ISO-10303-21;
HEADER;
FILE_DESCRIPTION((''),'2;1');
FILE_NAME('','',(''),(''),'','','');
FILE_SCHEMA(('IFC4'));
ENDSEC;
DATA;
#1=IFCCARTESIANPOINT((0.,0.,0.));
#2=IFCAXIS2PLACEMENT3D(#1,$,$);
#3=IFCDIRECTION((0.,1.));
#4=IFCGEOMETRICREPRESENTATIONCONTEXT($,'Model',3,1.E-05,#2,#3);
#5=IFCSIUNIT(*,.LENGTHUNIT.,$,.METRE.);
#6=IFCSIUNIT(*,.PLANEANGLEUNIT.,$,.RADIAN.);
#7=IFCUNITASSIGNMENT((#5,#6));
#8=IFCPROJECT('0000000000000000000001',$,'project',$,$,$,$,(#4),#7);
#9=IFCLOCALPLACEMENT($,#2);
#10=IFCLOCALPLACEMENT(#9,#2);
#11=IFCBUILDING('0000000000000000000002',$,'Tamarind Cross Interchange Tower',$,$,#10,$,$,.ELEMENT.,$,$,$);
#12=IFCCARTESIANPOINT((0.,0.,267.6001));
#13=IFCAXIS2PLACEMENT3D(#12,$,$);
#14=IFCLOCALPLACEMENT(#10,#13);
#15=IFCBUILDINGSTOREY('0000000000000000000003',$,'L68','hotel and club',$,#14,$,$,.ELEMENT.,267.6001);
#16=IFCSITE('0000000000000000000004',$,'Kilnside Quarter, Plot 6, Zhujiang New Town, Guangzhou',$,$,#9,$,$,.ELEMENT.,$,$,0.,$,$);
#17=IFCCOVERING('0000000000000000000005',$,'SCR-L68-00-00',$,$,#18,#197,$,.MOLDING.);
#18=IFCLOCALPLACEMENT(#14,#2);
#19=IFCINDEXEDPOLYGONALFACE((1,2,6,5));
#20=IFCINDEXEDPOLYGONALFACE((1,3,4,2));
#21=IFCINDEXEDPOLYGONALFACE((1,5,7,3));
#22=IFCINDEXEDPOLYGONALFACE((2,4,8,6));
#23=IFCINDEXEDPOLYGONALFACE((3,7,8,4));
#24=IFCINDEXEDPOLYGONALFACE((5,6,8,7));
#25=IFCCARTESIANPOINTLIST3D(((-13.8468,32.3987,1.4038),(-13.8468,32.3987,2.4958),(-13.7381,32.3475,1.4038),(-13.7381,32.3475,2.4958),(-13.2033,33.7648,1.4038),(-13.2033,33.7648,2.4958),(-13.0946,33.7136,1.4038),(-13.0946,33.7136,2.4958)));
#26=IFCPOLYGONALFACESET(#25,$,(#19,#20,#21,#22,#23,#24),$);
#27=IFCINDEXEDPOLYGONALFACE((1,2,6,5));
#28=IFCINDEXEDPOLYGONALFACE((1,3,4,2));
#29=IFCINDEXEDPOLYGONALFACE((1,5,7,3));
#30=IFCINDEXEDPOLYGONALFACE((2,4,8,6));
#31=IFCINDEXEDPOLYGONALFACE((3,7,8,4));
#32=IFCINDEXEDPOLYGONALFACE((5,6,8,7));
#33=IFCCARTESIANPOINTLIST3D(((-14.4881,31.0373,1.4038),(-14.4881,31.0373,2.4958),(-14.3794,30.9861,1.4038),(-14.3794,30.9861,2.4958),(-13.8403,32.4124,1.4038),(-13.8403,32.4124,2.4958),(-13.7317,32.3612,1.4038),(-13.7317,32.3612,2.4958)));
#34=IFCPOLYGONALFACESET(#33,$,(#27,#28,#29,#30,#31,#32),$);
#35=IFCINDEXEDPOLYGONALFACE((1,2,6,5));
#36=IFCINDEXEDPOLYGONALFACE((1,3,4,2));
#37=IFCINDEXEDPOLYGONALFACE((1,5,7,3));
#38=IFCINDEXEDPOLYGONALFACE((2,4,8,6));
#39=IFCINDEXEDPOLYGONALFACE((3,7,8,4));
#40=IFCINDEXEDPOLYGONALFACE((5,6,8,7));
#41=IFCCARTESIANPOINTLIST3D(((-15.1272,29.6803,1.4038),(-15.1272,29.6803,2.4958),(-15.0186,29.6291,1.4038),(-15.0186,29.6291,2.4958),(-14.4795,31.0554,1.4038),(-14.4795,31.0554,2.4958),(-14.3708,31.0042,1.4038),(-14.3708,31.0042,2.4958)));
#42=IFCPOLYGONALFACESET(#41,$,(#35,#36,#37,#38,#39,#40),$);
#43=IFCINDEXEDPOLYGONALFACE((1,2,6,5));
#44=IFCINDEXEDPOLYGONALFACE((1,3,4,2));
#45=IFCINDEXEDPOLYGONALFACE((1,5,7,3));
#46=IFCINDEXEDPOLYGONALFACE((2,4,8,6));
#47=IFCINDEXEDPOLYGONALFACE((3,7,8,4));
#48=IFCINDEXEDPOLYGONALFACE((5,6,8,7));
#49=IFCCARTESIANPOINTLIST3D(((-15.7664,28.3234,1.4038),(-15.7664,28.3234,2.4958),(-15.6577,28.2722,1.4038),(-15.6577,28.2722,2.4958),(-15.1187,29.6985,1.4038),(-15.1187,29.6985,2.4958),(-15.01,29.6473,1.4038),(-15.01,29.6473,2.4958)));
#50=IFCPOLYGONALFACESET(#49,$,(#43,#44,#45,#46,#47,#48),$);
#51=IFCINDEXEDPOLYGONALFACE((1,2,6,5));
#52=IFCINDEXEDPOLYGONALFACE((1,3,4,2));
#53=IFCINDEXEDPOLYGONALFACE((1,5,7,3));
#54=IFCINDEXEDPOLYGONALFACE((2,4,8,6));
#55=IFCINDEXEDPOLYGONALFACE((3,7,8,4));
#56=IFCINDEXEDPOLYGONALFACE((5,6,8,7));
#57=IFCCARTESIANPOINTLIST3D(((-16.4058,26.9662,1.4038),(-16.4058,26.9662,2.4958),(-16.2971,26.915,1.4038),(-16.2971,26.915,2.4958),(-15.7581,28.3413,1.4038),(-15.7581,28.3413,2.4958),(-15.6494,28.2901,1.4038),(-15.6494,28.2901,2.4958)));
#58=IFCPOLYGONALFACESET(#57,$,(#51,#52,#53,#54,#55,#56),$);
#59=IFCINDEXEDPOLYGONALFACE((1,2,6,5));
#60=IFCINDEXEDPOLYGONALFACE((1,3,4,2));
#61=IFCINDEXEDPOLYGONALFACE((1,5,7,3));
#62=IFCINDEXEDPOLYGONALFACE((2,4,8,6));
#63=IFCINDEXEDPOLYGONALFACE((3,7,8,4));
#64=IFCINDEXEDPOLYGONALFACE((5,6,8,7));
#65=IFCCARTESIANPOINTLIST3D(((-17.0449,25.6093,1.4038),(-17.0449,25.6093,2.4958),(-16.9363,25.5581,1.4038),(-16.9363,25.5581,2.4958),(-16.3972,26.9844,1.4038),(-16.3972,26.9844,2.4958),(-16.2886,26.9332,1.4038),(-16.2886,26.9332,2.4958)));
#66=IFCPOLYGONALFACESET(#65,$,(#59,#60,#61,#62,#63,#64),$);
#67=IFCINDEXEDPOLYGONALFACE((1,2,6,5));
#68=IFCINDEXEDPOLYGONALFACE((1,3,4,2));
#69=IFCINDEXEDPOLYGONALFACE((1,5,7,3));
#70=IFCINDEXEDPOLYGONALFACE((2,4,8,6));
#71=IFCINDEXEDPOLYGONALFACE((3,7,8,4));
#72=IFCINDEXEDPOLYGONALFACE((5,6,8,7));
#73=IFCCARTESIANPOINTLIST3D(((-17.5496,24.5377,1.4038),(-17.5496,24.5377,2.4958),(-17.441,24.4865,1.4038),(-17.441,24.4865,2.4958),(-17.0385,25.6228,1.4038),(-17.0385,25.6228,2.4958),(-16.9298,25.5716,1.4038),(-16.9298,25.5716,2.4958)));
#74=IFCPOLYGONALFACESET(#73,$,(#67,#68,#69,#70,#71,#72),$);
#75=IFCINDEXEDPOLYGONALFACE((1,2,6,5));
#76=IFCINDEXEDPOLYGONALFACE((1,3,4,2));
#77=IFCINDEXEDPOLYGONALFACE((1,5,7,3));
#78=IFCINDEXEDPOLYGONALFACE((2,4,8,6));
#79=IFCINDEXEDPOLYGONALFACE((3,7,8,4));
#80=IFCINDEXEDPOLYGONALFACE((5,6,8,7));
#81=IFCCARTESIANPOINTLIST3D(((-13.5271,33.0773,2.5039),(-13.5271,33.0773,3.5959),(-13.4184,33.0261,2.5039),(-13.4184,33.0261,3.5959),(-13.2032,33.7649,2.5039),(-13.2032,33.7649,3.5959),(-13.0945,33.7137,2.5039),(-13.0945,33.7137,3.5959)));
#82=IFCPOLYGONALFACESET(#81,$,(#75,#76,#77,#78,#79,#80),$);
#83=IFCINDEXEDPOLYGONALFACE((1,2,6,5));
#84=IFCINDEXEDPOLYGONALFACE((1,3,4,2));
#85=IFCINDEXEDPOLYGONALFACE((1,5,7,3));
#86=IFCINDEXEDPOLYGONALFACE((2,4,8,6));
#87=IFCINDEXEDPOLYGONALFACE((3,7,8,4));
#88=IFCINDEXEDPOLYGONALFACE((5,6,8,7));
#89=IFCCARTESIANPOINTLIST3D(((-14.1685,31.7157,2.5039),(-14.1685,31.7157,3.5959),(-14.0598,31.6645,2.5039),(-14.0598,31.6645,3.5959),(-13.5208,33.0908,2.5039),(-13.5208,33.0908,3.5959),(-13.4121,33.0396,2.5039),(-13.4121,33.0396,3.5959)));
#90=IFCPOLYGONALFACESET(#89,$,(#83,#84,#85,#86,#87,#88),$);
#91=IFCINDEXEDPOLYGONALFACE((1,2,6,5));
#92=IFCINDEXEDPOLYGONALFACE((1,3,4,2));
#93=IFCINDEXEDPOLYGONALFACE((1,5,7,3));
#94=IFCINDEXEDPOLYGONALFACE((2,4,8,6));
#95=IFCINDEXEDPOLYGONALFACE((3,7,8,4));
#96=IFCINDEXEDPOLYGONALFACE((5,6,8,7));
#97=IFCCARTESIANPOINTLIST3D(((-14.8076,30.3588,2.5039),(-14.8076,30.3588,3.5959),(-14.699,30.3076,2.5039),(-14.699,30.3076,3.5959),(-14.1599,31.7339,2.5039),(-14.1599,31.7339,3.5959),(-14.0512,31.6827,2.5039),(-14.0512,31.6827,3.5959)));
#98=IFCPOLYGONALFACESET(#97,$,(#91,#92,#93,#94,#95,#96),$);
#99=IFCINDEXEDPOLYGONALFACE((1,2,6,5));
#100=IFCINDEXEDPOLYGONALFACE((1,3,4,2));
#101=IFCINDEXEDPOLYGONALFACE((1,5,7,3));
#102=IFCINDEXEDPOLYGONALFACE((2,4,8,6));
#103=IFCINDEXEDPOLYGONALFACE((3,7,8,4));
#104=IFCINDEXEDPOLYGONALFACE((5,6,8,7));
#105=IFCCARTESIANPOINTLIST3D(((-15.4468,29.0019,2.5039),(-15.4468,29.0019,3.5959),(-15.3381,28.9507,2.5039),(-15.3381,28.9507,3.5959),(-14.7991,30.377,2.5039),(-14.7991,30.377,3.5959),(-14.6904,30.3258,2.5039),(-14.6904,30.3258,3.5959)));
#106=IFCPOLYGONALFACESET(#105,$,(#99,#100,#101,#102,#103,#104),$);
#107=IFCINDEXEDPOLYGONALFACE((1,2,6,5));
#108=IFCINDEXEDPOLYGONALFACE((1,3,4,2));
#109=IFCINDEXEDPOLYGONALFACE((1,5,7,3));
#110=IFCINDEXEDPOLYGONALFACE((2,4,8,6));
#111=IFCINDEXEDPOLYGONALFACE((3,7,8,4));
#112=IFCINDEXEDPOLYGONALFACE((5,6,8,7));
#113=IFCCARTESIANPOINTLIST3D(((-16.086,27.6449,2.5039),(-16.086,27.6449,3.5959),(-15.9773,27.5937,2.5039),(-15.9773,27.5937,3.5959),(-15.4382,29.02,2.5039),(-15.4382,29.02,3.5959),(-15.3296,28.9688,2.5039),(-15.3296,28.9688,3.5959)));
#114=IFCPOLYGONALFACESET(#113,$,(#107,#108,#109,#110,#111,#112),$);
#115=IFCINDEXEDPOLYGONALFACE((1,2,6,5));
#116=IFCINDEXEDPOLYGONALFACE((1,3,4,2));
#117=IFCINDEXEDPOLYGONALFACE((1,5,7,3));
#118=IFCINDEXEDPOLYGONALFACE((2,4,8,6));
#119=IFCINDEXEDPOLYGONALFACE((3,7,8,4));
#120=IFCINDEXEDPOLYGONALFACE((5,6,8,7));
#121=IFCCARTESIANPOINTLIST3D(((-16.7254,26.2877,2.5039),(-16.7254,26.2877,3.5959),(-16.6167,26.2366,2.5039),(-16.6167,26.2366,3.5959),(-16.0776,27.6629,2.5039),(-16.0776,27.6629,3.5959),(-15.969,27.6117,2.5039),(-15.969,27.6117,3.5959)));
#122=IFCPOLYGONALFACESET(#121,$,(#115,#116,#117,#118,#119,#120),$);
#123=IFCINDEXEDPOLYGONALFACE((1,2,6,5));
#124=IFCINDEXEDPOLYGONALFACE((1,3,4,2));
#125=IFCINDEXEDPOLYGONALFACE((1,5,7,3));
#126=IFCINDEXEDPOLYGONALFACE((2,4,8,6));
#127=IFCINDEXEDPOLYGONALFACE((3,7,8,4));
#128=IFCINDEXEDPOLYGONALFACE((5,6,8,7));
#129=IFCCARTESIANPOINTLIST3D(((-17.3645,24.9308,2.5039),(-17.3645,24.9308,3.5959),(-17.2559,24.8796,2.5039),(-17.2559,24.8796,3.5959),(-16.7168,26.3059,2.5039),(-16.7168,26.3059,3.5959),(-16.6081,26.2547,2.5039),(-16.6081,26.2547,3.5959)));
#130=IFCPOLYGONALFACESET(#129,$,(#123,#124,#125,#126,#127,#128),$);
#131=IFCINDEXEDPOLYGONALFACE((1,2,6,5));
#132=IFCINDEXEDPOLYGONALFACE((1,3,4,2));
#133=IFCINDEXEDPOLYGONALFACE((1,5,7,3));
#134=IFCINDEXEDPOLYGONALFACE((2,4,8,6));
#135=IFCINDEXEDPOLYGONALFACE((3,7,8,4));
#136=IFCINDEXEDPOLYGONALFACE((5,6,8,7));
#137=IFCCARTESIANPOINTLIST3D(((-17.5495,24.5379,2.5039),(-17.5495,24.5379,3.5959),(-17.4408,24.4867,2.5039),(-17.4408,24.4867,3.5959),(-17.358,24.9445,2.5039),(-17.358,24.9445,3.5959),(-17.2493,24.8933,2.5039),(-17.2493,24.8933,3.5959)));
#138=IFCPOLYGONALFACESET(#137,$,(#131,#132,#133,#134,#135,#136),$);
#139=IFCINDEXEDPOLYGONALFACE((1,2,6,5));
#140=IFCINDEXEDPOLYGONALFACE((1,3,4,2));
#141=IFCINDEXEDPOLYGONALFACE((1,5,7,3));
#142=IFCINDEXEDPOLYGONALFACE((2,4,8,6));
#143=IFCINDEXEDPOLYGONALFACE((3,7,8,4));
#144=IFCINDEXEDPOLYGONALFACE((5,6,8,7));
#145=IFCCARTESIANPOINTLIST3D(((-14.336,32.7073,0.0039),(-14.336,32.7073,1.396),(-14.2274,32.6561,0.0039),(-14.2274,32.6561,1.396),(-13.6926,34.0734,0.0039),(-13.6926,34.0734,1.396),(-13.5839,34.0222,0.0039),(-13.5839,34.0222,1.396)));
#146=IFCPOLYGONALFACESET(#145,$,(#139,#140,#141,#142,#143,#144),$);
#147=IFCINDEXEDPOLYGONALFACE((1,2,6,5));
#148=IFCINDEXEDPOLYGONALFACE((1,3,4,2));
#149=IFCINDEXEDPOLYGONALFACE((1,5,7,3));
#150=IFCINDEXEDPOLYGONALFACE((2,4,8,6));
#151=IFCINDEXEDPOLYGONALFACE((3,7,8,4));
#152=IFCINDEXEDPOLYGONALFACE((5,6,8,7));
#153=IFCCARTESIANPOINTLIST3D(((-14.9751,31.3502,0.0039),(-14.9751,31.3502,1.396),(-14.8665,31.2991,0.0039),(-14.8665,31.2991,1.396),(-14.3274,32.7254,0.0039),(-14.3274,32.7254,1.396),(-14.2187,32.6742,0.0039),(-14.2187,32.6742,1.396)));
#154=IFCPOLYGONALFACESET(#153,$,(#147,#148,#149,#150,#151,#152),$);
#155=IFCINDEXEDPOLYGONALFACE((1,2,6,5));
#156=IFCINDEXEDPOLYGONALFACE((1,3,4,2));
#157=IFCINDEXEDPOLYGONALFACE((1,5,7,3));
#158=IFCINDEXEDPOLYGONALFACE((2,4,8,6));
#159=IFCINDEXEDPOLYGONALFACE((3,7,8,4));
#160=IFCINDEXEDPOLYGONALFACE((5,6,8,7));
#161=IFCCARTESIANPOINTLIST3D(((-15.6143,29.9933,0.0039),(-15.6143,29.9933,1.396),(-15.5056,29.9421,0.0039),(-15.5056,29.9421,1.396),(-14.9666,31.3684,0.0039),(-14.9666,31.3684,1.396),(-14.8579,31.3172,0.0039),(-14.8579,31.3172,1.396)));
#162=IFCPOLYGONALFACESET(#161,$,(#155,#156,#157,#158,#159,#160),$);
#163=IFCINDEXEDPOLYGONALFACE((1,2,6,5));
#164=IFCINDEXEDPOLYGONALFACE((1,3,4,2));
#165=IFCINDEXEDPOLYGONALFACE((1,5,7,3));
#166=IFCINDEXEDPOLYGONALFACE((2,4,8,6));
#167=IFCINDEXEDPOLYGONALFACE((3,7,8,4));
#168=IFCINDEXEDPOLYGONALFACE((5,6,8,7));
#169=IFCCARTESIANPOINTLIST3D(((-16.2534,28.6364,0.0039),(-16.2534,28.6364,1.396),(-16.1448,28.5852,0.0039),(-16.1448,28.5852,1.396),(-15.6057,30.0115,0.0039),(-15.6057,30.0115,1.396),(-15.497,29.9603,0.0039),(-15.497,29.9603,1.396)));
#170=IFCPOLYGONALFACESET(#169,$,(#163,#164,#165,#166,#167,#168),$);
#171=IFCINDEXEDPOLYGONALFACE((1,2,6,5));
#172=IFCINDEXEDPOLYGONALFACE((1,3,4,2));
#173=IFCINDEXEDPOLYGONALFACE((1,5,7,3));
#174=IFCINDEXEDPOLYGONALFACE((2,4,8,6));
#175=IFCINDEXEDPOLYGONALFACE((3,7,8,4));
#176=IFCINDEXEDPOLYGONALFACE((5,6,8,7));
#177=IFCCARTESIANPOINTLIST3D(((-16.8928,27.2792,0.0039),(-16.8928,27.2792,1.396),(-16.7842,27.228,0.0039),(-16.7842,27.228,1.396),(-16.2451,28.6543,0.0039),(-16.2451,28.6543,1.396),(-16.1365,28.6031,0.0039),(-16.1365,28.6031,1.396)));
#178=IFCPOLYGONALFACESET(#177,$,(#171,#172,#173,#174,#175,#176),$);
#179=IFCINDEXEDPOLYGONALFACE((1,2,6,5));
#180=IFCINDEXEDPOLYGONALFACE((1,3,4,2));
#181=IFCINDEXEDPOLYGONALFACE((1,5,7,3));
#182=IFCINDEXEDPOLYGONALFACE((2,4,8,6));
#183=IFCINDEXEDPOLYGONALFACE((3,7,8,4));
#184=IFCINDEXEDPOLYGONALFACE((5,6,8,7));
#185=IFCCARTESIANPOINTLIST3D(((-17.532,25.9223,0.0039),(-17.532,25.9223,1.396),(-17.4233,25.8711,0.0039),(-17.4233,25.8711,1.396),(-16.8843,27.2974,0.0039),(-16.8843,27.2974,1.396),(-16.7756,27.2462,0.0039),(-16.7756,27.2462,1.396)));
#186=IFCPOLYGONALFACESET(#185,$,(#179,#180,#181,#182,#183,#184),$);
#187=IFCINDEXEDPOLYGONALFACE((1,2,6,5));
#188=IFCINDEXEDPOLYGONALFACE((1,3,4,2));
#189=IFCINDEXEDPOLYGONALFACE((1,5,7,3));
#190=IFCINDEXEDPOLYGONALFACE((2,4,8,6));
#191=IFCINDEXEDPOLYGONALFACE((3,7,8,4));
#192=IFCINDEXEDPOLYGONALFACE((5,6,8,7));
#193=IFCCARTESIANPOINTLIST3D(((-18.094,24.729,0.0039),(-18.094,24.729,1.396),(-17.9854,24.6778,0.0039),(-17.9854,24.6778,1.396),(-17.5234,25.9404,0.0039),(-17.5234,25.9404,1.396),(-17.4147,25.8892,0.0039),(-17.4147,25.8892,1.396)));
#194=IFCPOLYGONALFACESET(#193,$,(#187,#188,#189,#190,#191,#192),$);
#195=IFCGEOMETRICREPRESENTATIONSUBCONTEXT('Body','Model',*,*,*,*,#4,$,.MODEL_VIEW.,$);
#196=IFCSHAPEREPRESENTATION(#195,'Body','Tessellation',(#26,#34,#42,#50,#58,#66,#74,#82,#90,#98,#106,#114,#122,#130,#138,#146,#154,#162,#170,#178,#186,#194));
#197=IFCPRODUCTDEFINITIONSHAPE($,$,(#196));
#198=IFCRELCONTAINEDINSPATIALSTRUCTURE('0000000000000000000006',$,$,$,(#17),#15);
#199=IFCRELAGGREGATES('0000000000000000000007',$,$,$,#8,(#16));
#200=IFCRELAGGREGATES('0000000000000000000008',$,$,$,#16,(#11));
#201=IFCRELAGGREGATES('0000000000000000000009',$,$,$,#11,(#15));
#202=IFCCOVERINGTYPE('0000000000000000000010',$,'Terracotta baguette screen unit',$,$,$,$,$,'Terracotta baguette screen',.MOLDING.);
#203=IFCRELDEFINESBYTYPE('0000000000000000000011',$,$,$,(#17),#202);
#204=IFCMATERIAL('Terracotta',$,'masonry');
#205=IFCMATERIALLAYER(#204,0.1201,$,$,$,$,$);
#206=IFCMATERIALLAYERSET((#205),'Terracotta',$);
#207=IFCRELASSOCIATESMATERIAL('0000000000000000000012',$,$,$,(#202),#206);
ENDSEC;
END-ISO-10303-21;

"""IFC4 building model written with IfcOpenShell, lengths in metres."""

from ifc_helpers import new_model, si_unit, direction, frame, origin, origin_2d, place, context, subcontext, project, spatial, rectangle, extrude, material, layer, layer_set, type_object, element, save


model = new_model("IFC4")

# Units and contexts
model_context = context("Model", 3, precision=1e-05, world=origin(), true_north=direction((0.0, 1.0)))
body_context = subcontext(model_context, "Body", "Model", "MODEL_VIEW")
ifc_project = project(units=[si_unit("LENGTHUNIT", "METRE"), si_unit("PLANEANGLEUNIT", "RADIAN")], contexts=[model_context])

# Site, building, storey
site_placement = place(None, origin())
site = spatial("IfcSite", under=ifc_project, at=site_placement, Name="Kilnside Quarter, Plot 6, Zhujiang New Town, Guangzhou", CompositionType="ELEMENT", RefElevation=0.0)
building_placement = place(site_placement, origin())
building = spatial("IfcBuilding", under=site, at=building_placement, Name="Tamarind Cross Interchange Tower", CompositionType="ELEMENT")
storey_placement = place(building_placement, frame((0.0, 0.0, 267.6001)))
storey = spatial("IfcBuildingStorey", under=building, at=storey_placement, Name="L68", Description="hotel and club", CompositionType="ELEMENT", Elevation=267.6001)

# Covering
ifc_material_1 = material(Name="Terracotta", Category="masonry")
ifc_layer_1 = layer(ifc_material_1, 0.1201)
ifc_layer_set_1 = layer_set([ifc_layer_1], Name="Terracotta")
covering_type = type_object("IfcCoveringType", Name="Terracotta baguette screen unit", ElementType="Terracotta baguette screen", PredefinedType="MOLDING", material=ifc_layer_set_1)
covering_placement = place(storey_placement, origin())
element("IfcCovering", 1, at=covering_placement, inside=storey, type_object=covering_type, Name="SCR-L68-00-00", PredefinedType="MOLDING", context=body_context, shape_type="SweptSolid", body=[
    extrude(rectangle(XDim=1.51, YDim=0.1201, at=origin_2d()), frame((-13.4707, 33.0562, 1.4038), z_axis=(0.0, 0.0, 1.0), x_axis=(-0.426133, -0.904661, 0.0)), (0.0, 0.0, 1.0), 1.092),
    extrude(rectangle(XDim=1.52, YDim=0.1201, at=origin_2d()), frame((-14.1099, 31.6992, 1.4038), z_axis=(0.0, 0.0, 1.0), x_axis=(-0.426133, -0.904661, 0.0)), (0.0, 0.0, 1.0), 1.092),
    extrude(rectangle(XDim=1.52, YDim=0.1201, at=origin_2d()), frame((-14.749, 30.3423, 1.4038), z_axis=(0.0, 0.0, 1.0), x_axis=(-0.426133, -0.904661, 0.0)), (0.0, 0.0, 1.0), 1.092),
    extrude(rectangle(XDim=1.52, YDim=0.1201, at=origin_2d()), frame((-15.3882, 28.9854, 1.4038), z_axis=(0.0, 0.0, 1.0), x_axis=(-0.426133, -0.904661, 0.0)), (0.0, 0.0, 1.0), 1.092),
    extrude(rectangle(XDim=1.52, YDim=0.1201, at=origin_2d()), frame((-16.0276, 27.6282, 1.4038), z_axis=(0.0, 0.0, 1.0), x_axis=(-0.426133, -0.904661, 0.0)), (0.0, 0.0, 1.0), 1.092),
    extrude(rectangle(XDim=1.52, YDim=0.1201, at=origin_2d()), frame((-16.6667, 26.2712, 1.4038), z_axis=(0.0, 0.0, 1.0), x_axis=(-0.426133, -0.904661, 0.0)), (0.0, 0.0, 1.0), 1.092),
    extrude(rectangle(XDim=1.1995, YDim=0.1201, at=origin_2d()), frame((-17.2397, 25.0547, 1.4038), z_axis=(0.0, 0.0, 1.0), x_axis=(-0.426133, -0.904661, 0.0)), (0.0, 0.0, 1.0), 1.092),
    extrude(rectangle(XDim=0.76, YDim=0.1201, at=origin_2d()), frame((-13.3108, 33.3955, 2.5039), z_axis=(0.0, 0.0, 1.0), x_axis=(-0.426133, -0.904661, 0.0)), (0.0, 0.0, 1.0), 1.092),
    extrude(rectangle(XDim=1.52, YDim=0.1201, at=origin_2d()), frame((-13.7903, 32.3777, 2.5039), z_axis=(0.0, 0.0, 1.0), x_axis=(-0.426133, -0.904661, 0.0)), (0.0, 0.0, 1.0), 1.092),
    extrude(rectangle(XDim=1.52, YDim=0.1201, at=origin_2d()), frame((-14.4294, 31.0208, 2.5039), z_axis=(0.0, 0.0, 1.0), x_axis=(-0.426133, -0.904661, 0.0)), (0.0, 0.0, 1.0), 1.092),
    extrude(rectangle(XDim=1.52, YDim=0.1201, at=origin_2d()), frame((-15.0686, 29.6638, 2.5039), z_axis=(0.0, 0.0, 1.0), x_axis=(-0.426133, -0.904661, 0.0)), (0.0, 0.0, 1.0), 1.092),
    extrude(rectangle(XDim=1.52, YDim=0.1201, at=origin_2d()), frame((-15.7078, 28.3069, 2.5039), z_axis=(0.0, 0.0, 1.0), x_axis=(-0.426133, -0.904661, 0.0)), (0.0, 0.0, 1.0), 1.092),
    extrude(rectangle(XDim=1.52, YDim=0.1201, at=origin_2d()), frame((-16.3472, 26.9497, 2.5039), z_axis=(0.0, 0.0, 1.0), x_axis=(-0.426133, -0.904661, 0.0)), (0.0, 0.0, 1.0), 1.092),
    extrude(rectangle(XDim=1.52, YDim=0.1201, at=origin_2d()), frame((-16.9863, 25.5928, 2.5039), z_axis=(0.0, 0.0, 1.0), x_axis=(-0.426133, -0.904661, 0.0)), (0.0, 0.0, 1.0), 1.092),
    extrude(rectangle(XDim=0.4495, YDim=0.1201, at=origin_2d()), frame((-17.3994, 24.7156, 2.5039), z_axis=(0.0, 0.0, 1.0), x_axis=(-0.426133, -0.904661, 0.0)), (0.0, 0.0, 1.0), 1.092),
    extrude(rectangle(XDim=1.51, YDim=0.1201, at=origin_2d()), frame((-13.96, 33.3647, 0.0039), z_axis=(0.0, 0.0, 1.0), x_axis=(-0.426133, -0.904661, 0.0)), (0.0, 0.0, 1.0), 1.3921),
    extrude(rectangle(XDim=1.52, YDim=0.1201, at=origin_2d()), frame((-14.5969, 32.0122, 0.0039), z_axis=(0.0, 0.0, 1.0), x_axis=(-0.426133, -0.904661, 0.0)), (0.0, 0.0, 1.0), 1.3921),
    extrude(rectangle(XDim=1.52, YDim=0.1201, at=origin_2d()), frame((-15.2361, 30.6553, 0.0039), z_axis=(0.0, 0.0, 1.0), x_axis=(-0.426133, -0.904661, 0.0)), (0.0, 0.0, 1.0), 1.3921),
    extrude(rectangle(XDim=1.52, YDim=0.1201, at=origin_2d()), frame((-15.8752, 29.2983, 0.0039), z_axis=(0.0, 0.0, 1.0), x_axis=(-0.426133, -0.904661, 0.0)), (0.0, 0.0, 1.0), 1.3921),
    extrude(rectangle(XDim=1.52, YDim=0.1201, at=origin_2d()), frame((-16.5146, 27.9412, 0.0039), z_axis=(0.0, 0.0, 1.0), x_axis=(-0.426133, -0.904661, 0.0)), (0.0, 0.0, 1.0), 1.3921),
    extrude(rectangle(XDim=1.52, YDim=0.1201, at=origin_2d()), frame((-17.1538, 26.5842, 0.0039), z_axis=(0.0, 0.0, 1.0), x_axis=(-0.426133, -0.904661, 0.0)), (0.0, 0.0, 1.0), 1.3921),
    extrude(rectangle(XDim=1.3391, YDim=0.1201, at=origin_2d()), frame((-17.7544, 25.3091, 0.0039), z_axis=(0.0, 0.0, 1.0), x_axis=(-0.426133, -0.904661, 0.0)), (0.0, 0.0, 1.0), 1.3921),
])

save(model, "model.ifc")
